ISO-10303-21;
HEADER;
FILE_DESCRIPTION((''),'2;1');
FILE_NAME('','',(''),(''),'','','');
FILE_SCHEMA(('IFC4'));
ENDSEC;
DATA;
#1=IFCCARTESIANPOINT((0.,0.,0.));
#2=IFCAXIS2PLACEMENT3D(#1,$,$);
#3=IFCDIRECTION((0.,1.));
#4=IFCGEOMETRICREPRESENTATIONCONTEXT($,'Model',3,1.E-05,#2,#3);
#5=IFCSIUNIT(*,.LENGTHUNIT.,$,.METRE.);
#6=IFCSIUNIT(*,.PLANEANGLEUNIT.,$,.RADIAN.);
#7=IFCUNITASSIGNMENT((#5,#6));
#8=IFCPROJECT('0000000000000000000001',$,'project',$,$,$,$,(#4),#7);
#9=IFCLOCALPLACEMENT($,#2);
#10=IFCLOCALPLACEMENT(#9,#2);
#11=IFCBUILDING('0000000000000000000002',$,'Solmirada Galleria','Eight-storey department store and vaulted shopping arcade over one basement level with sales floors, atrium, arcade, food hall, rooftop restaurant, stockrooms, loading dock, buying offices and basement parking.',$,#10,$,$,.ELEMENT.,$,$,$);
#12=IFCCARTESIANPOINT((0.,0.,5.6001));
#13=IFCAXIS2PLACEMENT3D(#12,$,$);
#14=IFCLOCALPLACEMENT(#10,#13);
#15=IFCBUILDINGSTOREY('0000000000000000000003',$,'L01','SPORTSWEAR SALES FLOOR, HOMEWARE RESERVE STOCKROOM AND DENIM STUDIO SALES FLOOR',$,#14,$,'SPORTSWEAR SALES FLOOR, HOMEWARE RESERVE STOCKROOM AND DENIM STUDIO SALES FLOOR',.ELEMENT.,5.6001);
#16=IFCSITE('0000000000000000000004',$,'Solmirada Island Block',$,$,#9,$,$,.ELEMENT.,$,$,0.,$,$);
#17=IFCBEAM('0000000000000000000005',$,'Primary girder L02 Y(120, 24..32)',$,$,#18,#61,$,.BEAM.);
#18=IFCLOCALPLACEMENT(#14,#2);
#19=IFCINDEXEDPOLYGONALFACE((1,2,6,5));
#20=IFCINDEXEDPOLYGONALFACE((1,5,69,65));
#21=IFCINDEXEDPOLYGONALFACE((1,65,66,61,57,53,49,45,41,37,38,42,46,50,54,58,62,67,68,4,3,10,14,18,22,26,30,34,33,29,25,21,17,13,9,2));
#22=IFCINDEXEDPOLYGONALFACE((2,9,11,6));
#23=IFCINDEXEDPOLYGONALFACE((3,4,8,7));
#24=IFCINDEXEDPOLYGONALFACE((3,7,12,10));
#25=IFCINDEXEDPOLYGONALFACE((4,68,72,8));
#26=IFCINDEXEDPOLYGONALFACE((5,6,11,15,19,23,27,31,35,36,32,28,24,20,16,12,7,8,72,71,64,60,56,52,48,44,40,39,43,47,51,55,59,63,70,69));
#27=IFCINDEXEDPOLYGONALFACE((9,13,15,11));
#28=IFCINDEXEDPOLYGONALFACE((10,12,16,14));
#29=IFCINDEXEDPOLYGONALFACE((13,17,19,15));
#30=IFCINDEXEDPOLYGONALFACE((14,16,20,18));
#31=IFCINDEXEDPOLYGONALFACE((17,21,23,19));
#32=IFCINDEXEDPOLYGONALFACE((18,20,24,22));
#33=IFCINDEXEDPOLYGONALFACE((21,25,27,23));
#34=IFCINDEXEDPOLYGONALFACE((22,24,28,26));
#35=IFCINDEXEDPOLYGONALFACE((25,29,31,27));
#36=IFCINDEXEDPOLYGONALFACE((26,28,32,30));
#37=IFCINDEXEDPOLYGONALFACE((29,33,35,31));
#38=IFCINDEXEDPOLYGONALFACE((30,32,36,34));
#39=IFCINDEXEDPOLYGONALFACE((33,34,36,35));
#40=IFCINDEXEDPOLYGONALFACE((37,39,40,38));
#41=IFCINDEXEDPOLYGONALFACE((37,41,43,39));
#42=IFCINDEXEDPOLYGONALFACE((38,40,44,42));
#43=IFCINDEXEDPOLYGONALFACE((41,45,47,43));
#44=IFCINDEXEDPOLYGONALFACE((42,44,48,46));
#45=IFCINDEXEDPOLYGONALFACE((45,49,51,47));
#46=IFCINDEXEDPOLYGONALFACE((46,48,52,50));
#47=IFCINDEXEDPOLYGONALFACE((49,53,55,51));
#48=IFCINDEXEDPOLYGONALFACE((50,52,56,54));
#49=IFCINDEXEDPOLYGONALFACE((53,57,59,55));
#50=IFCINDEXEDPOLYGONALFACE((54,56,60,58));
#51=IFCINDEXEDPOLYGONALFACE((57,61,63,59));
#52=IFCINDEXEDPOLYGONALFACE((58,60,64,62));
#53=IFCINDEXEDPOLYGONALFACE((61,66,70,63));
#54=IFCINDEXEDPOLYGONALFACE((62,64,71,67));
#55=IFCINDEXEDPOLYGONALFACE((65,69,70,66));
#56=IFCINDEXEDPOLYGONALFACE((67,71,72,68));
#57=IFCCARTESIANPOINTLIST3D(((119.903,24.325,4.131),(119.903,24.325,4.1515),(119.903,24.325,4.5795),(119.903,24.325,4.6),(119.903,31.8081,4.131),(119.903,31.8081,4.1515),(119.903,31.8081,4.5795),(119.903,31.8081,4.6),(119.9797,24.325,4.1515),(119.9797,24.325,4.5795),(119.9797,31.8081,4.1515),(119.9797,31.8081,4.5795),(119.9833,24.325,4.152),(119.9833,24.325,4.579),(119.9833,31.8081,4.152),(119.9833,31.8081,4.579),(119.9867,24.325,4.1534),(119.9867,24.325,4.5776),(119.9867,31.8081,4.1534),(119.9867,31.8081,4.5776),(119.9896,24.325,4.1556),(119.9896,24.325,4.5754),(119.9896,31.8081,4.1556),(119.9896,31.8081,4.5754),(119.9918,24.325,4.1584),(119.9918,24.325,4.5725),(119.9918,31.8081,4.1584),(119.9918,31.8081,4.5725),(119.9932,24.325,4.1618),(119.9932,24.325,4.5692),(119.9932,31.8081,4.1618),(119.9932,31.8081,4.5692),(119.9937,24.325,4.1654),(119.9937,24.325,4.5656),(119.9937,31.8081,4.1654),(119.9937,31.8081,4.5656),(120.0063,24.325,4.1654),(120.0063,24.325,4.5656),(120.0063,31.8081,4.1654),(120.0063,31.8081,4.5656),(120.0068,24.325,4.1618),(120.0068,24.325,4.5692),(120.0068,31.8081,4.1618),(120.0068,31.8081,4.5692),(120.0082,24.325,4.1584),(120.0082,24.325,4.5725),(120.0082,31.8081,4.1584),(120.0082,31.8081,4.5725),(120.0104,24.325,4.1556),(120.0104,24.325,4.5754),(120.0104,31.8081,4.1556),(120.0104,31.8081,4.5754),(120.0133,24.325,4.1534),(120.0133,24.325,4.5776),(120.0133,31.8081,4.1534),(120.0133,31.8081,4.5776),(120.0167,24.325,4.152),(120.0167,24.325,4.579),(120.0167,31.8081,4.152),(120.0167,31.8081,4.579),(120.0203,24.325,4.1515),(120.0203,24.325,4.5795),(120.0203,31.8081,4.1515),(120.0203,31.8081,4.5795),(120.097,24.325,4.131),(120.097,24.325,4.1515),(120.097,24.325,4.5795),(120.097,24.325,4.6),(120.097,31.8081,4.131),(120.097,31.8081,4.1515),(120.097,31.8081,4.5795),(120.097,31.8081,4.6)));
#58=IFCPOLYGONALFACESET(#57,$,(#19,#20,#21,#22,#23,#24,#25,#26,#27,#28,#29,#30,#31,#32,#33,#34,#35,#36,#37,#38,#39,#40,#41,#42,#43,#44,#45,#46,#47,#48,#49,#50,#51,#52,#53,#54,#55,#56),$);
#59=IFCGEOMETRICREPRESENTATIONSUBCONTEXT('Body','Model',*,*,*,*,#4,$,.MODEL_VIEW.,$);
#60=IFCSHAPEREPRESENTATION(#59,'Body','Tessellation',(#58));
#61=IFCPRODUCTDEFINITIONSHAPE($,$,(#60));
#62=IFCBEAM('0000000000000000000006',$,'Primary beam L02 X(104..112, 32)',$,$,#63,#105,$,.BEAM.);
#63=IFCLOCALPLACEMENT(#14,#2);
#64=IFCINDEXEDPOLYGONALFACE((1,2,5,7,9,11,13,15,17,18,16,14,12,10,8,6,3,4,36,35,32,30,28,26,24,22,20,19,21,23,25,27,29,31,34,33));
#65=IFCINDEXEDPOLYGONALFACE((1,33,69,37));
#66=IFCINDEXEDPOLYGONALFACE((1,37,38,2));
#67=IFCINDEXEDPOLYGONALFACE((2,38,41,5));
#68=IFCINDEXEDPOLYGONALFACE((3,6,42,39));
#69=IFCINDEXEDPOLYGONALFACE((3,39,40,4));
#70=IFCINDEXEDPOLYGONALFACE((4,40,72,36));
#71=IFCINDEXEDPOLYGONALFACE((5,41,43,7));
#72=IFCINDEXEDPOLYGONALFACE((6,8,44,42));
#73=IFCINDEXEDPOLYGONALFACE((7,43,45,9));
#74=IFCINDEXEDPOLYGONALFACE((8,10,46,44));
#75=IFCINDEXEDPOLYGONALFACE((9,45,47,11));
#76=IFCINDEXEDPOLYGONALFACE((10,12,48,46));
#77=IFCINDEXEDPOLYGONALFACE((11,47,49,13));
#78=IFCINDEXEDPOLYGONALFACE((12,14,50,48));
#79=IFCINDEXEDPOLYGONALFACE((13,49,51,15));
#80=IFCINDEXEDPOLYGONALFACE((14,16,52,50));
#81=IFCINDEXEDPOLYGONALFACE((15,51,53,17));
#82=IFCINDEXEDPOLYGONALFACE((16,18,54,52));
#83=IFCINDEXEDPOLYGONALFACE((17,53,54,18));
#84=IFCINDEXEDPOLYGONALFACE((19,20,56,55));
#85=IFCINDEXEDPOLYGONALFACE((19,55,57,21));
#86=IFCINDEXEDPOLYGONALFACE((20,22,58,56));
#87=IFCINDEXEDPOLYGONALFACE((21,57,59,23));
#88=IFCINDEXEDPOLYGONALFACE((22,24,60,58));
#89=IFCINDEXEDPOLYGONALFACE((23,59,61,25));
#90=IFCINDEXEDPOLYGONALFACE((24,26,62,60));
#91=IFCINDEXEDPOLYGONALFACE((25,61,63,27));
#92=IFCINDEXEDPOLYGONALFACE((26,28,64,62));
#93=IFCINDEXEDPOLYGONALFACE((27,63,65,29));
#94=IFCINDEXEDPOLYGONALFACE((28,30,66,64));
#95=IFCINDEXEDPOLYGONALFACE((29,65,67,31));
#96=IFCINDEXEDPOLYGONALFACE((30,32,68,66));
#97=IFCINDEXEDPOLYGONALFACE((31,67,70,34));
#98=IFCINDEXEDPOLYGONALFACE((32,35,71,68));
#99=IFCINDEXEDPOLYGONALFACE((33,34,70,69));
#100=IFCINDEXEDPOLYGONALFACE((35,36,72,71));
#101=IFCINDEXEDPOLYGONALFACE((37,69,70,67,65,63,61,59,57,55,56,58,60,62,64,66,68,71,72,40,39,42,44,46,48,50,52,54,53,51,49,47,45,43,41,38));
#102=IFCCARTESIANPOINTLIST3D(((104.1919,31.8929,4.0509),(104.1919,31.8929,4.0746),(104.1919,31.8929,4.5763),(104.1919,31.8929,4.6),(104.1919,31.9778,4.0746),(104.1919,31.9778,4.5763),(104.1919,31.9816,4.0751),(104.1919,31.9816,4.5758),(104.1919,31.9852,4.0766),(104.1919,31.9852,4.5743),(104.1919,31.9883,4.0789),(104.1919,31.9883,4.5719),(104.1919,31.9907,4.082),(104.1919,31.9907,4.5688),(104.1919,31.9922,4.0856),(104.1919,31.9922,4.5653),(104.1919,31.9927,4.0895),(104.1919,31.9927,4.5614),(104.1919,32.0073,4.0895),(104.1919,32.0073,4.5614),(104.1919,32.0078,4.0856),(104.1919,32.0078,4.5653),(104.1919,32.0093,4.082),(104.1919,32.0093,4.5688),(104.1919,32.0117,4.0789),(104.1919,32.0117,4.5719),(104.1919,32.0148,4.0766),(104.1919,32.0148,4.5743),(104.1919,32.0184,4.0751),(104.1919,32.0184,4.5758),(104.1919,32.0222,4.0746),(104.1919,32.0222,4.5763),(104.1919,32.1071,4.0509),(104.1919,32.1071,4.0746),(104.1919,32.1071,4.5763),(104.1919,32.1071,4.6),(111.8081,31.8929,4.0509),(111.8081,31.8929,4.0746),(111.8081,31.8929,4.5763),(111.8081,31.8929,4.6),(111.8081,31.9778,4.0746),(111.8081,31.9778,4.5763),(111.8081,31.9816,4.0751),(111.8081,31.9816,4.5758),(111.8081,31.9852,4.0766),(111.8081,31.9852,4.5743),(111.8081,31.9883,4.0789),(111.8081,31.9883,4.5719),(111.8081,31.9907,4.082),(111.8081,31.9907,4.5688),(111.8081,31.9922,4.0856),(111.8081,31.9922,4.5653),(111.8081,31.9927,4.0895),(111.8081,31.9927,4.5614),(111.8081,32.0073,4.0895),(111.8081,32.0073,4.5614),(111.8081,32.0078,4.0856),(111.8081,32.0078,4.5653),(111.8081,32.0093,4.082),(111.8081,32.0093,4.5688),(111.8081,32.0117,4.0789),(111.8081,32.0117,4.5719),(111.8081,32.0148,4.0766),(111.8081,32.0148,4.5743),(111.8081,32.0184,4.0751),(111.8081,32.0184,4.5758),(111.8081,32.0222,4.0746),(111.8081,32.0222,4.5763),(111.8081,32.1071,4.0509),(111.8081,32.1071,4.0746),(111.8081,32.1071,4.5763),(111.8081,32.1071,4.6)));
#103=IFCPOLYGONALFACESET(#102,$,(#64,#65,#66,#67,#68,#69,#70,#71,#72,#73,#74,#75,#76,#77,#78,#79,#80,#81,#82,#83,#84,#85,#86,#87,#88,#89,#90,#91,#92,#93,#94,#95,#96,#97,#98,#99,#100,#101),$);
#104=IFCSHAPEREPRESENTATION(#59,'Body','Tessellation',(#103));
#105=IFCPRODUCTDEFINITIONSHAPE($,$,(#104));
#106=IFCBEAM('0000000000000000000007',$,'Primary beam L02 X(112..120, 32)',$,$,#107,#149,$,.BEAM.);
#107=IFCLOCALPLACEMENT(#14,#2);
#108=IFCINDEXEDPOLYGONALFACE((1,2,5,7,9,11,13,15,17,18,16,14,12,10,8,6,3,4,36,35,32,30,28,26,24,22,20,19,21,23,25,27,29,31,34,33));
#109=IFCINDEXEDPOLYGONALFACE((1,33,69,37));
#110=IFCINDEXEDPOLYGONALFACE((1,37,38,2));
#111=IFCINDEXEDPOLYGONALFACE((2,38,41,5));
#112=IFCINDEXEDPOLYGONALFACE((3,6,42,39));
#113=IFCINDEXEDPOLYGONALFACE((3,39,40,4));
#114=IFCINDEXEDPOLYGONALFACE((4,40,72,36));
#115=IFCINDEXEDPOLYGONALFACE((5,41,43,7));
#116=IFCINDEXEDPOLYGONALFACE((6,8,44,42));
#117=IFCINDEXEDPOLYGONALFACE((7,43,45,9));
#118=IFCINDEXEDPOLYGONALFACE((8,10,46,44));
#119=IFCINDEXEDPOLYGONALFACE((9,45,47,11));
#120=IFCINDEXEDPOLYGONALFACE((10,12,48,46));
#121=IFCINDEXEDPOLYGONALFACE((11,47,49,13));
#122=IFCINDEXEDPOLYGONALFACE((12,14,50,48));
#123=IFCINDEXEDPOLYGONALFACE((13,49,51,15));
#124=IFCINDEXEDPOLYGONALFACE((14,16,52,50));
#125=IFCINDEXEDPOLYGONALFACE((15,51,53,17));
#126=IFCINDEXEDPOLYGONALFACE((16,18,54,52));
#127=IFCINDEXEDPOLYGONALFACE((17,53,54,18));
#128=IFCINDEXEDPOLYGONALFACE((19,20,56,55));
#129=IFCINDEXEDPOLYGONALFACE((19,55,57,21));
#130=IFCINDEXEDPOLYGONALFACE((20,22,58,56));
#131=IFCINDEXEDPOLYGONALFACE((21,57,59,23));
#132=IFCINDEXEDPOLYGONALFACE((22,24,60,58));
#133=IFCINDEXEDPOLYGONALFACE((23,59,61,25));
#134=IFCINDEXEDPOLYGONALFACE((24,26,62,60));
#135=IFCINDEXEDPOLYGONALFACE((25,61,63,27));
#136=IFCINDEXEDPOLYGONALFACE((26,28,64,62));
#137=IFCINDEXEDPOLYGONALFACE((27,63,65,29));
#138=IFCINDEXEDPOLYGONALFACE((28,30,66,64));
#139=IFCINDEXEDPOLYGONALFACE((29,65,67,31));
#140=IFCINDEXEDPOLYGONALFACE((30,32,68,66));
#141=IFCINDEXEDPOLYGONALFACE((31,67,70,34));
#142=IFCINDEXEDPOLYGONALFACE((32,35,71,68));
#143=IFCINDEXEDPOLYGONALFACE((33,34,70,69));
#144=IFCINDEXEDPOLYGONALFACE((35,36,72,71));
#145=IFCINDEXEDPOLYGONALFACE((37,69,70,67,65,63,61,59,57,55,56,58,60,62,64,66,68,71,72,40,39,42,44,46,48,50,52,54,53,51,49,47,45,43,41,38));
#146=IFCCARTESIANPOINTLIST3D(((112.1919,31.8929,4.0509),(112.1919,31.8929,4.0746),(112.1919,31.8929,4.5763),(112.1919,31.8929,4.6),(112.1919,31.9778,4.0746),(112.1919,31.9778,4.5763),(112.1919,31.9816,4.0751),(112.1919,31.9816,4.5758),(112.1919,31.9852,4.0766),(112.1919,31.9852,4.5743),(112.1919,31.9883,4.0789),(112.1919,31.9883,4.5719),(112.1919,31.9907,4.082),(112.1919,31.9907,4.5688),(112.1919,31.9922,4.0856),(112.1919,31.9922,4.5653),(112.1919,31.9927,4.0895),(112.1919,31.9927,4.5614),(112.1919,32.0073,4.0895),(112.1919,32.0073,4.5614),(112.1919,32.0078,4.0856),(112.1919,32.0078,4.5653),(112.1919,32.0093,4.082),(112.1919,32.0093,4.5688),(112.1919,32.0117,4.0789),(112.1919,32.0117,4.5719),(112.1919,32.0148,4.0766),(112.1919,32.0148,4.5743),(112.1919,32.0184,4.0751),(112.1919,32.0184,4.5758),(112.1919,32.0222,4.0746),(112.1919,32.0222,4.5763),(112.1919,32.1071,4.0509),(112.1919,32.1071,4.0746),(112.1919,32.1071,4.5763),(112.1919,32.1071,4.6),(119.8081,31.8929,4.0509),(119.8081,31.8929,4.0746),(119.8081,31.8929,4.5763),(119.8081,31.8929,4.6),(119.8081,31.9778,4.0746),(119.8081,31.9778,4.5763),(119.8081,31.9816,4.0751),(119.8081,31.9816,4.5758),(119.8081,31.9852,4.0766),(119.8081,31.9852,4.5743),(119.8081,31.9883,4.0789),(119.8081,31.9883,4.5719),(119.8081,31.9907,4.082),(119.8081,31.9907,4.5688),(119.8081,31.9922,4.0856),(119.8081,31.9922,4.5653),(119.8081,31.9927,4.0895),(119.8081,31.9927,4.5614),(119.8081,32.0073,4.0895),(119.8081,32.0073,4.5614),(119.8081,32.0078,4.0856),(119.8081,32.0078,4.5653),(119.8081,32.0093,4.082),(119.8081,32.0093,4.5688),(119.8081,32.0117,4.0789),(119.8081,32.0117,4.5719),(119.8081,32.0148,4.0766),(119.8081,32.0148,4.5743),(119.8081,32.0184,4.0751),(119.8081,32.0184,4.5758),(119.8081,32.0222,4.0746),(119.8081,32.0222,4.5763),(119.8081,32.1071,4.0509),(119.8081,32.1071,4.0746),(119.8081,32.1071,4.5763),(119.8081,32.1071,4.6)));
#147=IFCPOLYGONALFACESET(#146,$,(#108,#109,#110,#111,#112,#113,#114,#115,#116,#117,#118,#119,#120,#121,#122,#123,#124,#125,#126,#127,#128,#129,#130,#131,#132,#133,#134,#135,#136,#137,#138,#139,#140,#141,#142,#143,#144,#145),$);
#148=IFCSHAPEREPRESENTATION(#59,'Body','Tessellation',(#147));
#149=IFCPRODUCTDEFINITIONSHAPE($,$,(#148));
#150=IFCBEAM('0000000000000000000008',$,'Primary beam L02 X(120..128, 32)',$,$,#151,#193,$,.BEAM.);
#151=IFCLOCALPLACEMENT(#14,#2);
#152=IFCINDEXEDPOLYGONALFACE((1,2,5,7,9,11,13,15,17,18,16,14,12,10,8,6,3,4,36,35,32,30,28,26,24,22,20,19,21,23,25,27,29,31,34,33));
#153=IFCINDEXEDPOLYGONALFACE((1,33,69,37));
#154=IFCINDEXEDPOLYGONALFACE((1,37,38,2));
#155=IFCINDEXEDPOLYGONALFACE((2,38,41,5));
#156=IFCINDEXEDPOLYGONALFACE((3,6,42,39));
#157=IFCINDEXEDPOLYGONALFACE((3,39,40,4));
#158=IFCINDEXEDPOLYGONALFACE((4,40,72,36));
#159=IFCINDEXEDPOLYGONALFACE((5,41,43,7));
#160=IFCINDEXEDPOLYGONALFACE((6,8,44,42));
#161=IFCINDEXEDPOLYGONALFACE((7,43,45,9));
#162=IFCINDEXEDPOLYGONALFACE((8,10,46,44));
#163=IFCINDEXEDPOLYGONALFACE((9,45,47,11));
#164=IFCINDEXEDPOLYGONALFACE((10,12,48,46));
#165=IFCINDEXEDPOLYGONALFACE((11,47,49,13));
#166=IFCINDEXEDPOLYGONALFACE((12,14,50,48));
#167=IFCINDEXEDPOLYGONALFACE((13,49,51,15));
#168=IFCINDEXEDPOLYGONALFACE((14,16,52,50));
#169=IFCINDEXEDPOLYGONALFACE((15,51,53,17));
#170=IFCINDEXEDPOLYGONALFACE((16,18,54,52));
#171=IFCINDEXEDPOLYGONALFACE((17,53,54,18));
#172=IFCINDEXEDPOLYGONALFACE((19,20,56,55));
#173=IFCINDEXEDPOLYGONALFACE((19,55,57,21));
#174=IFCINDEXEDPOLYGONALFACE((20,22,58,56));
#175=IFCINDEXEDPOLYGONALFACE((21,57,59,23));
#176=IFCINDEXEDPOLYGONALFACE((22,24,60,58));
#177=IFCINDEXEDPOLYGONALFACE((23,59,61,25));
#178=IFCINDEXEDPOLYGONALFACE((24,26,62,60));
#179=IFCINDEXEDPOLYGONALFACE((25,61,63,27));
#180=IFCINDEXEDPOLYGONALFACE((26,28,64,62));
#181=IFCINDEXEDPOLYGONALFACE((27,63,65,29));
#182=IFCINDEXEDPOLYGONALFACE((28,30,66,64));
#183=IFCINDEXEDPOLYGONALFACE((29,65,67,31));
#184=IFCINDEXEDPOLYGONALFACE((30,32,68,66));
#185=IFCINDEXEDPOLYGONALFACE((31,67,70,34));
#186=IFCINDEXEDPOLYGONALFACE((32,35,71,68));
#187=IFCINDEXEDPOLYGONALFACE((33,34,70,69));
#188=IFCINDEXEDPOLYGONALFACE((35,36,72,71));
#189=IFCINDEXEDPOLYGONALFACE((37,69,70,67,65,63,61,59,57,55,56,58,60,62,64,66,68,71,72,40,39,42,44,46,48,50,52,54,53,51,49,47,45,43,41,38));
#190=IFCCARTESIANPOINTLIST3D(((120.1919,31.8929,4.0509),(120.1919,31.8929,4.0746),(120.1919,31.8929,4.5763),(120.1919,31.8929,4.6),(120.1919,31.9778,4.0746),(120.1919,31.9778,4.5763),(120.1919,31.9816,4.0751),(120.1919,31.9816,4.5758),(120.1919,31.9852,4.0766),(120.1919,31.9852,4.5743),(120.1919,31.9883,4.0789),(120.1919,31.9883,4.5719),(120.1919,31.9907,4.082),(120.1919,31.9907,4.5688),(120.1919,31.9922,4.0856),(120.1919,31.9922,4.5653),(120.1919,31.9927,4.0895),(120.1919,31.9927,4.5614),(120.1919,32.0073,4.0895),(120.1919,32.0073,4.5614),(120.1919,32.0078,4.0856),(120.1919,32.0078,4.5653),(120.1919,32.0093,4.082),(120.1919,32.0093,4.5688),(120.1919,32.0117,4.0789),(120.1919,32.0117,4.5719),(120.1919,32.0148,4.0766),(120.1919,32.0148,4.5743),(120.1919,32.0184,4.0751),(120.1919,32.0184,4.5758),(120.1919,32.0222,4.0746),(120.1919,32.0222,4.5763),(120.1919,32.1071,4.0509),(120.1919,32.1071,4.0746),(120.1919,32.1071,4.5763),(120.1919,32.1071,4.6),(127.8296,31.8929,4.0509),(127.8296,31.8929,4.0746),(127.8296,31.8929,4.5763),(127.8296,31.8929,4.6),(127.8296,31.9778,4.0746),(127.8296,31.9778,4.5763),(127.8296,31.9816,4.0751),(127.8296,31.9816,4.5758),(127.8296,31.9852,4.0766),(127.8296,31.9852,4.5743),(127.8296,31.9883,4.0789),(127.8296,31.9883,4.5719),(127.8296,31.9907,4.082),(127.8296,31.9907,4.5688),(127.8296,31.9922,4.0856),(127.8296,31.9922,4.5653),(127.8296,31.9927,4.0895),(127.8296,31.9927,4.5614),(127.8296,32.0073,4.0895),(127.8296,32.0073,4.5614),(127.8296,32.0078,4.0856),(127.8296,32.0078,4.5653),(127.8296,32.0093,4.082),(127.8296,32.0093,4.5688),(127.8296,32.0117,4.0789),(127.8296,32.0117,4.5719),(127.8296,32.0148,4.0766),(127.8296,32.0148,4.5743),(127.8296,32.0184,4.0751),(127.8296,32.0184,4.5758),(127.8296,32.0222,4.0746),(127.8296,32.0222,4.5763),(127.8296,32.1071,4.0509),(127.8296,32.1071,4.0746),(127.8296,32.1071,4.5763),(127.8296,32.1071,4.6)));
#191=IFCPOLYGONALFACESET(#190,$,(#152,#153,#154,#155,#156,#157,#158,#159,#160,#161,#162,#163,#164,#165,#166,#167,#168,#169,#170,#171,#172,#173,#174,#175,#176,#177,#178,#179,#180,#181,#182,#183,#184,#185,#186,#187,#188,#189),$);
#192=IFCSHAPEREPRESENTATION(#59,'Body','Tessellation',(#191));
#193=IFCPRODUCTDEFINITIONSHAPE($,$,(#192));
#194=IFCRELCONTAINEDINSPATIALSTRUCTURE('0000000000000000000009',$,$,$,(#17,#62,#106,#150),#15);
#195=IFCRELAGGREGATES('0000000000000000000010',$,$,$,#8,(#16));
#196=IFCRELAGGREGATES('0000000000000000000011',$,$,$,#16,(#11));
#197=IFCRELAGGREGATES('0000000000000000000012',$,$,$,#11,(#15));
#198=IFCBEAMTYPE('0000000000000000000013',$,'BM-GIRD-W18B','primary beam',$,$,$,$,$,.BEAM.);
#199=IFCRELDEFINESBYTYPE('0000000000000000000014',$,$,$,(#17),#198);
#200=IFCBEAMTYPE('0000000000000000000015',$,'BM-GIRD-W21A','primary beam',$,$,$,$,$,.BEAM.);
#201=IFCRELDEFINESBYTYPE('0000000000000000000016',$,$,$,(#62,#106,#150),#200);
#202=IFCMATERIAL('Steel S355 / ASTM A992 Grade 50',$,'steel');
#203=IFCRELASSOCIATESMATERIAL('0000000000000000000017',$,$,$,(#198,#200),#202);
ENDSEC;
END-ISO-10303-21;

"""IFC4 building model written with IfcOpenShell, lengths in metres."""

from ifc_helpers import new_model, si_unit, direction, frame, origin, origin_2d, place, context, subcontext, project, spatial, i_section, extrude, material, material_profile, profile_set, type_object, element, save


model = new_model("IFC4")

# Units and contexts
model_context = context("Model", 3, precision=1e-05, world=origin(), true_north=direction((0.0, 1.0)))
body_context = subcontext(model_context, "Body", "Model", "MODEL_VIEW")
ifc_project = project(units=[si_unit("LENGTHUNIT", "METRE"), si_unit("PLANEANGLEUNIT", "RADIAN")], contexts=[model_context])

# Site, building, storey
site_placement = place(None, origin())
site = spatial("IfcSite", under=ifc_project, at=site_placement, Name="Solmirada Island Block", CompositionType="ELEMENT", RefElevation=0.0)
building_placement = place(site_placement, origin())
building = spatial("IfcBuilding", under=site, at=building_placement, Name="Solmirada Galleria", Description="Eight-storey department store and vaulted shopping arcade over one basement level with sales floors, atrium, arcade, food hall, rooftop restaurant, stockrooms, loading dock, buying offices and basement parking.", CompositionType="ELEMENT")
storey_placement = place(building_placement, frame((0.0, 0.0, 5.6001)))
storey = spatial("IfcBuildingStorey", under=building, at=storey_placement, Name="L01", Description="SPORTSWEAR SALES FLOOR, HOMEWARE RESERVE STOCKROOM AND DENIM STUDIO SALES FLOOR", LongName="SPORTSWEAR SALES FLOOR, HOMEWARE RESERVE STOCKROOM AND DENIM STUDIO SALES FLOOR", CompositionType="ELEMENT", Elevation=5.6001)

# Beams
ifc_material_1 = material(Name="Steel S355 / ASTM A992 Grade 50", Category="steel")
ifc_material_profile_1 = material_profile(ifc_material_1, i_section(OverallWidth=0.1941, OverallDepth=0.469, WebThickness=0.0127, FlangeThickness=0.0205, FilletRadius=0.0139, at=origin_2d()), Name="W18X71")
ifc_profile_set_1 = profile_set([ifc_material_profile_1], Name="Steel S355 / ASTM A992 Grade 50")
beam_type_1 = type_object("IfcBeamType", Name="BM-GIRD-W18B", Description="primary beam", PredefinedType="BEAM", material=ifc_profile_set_1)
for number, where, z_axis, x_axis, name in (
    (1, (120.0, 24.325, 4.3655), (0.0, 1.0, 0.0), (-1.0, 0.0, 0.0), "Primary girder L02 Y(120, 24..32)"),
):
    element("IfcBeam", number, at=place(storey_placement, frame(where, z_axis=z_axis, x_axis=x_axis)), inside=storey, type_object=beam_type_1, Name=name, PredefinedType="BEAM", context=body_context, shape_type="SweptSolid", body=[
        extrude(i_section(OverallWidth=0.1941, OverallDepth=0.469, WebThickness=0.0127, FlangeThickness=0.0205, FilletRadius=0.0139, at=origin_2d()), origin(), (0.0, 0.0, 1.0), 7.4832),
    ])
ifc_material_profile_2 = material_profile(ifc_material_1, i_section(OverallWidth=0.2141, OverallDepth=0.5491, WebThickness=0.0146, FlangeThickness=0.0237, FilletRadius=0.0149, at=origin_2d()), Name="W21X93")
ifc_profile_set_2 = profile_set([ifc_material_profile_2], Name="Steel S355 / ASTM A992 Grade 50")
beam_type_2 = type_object("IfcBeamType", Name="BM-GIRD-W21A", Description="primary beam", PredefinedType="BEAM", material=ifc_profile_set_2)
for number, where, z_axis, x_axis, name in (
    (2, (104.1919, 32.0, 4.3254), (1.0, 0.0, 0.0), (0.0, 1.0, 0.0), "Primary beam L02 X(104..112, 32)"),
    (3, (112.1919, 32.0, 4.3254), (1.0, 0.0, 0.0), (0.0, 1.0, 0.0), "Primary beam L02 X(112..120, 32)"),
):
    element("IfcBeam", number, at=place(storey_placement, frame(where, z_axis=z_axis, x_axis=x_axis)), inside=storey, type_object=beam_type_2, Name=name, PredefinedType="BEAM", context=body_context, shape_type="SweptSolid", body=[
        extrude(i_section(OverallWidth=0.2141, OverallDepth=0.5491, WebThickness=0.0146, FlangeThickness=0.0237, FilletRadius=0.0149, at=origin_2d()), origin(), (0.0, 0.0, 1.0), 7.6162),
    ])
beam_1_placement = place(storey_placement, frame((120.1919, 32.0, 4.3254), z_axis=(1.0, 0.0, 0.0), x_axis=(0.0, 1.0, 0.0)))
element("IfcBeam", 4, at=beam_1_placement, inside=storey, type_object=beam_type_2, Name="Primary beam L02 X(120..128, 32)", PredefinedType="BEAM", context=body_context, shape_type="SweptSolid", body=[
    extrude(i_section(OverallWidth=0.2141, OverallDepth=0.5491, WebThickness=0.0146, FlangeThickness=0.0237, FilletRadius=0.0149, at=origin_2d()), origin(), (0.0, 0.0, 1.0), 7.6377),
])

save(model, "model.ifc")
